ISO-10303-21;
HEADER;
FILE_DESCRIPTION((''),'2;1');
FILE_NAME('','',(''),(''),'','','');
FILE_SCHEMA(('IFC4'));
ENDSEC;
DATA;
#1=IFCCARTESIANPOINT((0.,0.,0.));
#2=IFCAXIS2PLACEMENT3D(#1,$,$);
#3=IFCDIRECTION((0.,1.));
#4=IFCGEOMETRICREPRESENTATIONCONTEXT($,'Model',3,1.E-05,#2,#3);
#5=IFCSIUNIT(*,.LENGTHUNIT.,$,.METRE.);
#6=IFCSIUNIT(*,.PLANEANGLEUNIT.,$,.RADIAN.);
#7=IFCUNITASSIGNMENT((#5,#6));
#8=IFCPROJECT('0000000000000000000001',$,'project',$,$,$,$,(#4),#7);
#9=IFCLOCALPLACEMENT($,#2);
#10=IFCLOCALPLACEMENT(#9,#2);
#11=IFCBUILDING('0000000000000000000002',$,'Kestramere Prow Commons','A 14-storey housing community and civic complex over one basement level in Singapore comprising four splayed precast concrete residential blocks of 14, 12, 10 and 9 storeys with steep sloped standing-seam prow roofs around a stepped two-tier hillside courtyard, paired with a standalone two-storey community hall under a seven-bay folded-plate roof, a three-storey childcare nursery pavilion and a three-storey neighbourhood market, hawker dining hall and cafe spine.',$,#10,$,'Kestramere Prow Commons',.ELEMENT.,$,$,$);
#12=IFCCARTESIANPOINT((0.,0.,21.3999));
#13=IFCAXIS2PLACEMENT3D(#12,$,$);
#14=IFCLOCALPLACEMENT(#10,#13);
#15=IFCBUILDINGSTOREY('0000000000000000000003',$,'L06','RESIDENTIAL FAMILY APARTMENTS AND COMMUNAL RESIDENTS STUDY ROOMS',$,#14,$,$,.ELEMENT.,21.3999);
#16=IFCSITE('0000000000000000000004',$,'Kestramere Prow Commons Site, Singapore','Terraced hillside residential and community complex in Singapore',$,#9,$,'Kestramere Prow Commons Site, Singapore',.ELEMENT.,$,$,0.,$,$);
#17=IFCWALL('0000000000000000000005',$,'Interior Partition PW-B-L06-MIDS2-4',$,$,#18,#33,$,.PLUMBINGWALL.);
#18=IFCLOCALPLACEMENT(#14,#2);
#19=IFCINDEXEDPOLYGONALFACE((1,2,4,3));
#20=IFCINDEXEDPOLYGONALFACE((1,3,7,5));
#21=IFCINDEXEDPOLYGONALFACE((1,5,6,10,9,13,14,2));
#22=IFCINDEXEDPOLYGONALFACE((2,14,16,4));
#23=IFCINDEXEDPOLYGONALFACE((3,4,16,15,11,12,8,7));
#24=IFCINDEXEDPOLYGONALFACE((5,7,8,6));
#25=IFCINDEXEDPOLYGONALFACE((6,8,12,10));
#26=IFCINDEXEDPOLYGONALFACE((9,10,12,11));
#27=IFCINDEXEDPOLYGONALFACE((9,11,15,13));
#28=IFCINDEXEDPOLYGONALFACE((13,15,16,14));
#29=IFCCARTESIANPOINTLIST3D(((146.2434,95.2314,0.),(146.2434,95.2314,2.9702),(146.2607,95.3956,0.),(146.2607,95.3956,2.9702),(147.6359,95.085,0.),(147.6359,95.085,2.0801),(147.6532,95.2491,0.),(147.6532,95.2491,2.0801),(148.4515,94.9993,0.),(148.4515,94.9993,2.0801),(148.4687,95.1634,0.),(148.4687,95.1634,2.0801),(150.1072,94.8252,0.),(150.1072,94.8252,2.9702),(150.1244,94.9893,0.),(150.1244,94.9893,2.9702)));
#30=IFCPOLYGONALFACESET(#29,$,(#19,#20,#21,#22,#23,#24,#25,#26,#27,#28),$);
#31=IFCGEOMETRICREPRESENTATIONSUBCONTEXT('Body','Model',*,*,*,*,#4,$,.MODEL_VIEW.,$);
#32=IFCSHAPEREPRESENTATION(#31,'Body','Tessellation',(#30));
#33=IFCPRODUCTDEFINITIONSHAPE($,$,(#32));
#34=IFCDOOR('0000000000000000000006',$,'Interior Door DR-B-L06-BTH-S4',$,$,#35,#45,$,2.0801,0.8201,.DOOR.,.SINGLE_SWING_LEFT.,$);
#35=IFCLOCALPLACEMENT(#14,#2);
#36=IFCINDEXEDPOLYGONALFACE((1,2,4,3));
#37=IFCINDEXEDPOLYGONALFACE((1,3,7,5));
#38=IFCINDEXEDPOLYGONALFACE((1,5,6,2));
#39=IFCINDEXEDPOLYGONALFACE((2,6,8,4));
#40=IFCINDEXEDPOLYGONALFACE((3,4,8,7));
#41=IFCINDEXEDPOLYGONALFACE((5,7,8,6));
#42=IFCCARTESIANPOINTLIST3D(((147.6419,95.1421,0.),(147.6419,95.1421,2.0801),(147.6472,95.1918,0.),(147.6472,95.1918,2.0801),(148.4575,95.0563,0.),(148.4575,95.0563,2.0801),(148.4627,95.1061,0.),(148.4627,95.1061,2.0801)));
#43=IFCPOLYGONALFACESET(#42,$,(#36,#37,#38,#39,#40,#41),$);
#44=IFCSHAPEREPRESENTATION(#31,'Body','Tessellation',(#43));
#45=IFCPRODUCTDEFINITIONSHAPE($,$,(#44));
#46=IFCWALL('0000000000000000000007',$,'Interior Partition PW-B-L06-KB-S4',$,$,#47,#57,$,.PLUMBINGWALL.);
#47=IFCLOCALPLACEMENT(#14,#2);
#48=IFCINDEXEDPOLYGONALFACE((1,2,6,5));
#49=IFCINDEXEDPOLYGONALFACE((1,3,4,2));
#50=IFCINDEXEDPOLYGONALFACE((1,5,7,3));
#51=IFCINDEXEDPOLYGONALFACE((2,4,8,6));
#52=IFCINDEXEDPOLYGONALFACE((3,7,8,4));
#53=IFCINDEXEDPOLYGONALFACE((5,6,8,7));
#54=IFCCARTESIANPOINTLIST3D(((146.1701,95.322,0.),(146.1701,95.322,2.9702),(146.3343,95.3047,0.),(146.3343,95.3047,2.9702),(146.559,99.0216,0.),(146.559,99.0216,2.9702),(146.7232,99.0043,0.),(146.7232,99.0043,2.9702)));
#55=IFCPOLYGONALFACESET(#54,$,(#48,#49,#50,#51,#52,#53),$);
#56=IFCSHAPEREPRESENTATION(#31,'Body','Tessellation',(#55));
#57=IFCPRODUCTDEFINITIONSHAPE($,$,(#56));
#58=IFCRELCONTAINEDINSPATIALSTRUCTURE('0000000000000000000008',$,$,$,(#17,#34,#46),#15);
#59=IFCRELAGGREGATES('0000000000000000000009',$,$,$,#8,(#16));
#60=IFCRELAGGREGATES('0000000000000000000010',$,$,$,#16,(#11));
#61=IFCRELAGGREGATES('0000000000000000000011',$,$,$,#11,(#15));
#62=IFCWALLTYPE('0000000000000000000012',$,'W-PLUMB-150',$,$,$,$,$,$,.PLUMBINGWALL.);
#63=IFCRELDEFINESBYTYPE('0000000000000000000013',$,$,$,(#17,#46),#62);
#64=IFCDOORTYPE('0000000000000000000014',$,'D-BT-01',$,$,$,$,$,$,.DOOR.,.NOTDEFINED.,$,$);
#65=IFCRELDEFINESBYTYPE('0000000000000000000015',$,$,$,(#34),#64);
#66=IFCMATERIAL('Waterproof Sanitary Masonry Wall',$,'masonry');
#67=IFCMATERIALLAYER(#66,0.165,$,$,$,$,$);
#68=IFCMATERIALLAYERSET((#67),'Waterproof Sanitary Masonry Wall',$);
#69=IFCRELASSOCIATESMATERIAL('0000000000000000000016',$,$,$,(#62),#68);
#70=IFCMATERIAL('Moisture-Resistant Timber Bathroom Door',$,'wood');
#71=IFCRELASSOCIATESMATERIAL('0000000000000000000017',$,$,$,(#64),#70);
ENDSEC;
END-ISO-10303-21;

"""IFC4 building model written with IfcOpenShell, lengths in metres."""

from ifc_helpers import new_model, si_unit, direction, frame, frame_2d, origin, place, context, subcontext, project, spatial, rectangle, extrude, material, layer, layer_set, type_object, element, fill, save


model = new_model("IFC4")

# Units and contexts
model_context = context("Model", 3, precision=1e-05, world=origin(), true_north=direction((0.0, 1.0)))
body_context = subcontext(model_context, "Body", "Model", "MODEL_VIEW")
ifc_project = project(units=[si_unit("LENGTHUNIT", "METRE"), si_unit("PLANEANGLEUNIT", "RADIAN")], contexts=[model_context])

# Site, building, storey
site_placement = place(None, origin())
site = spatial("IfcSite", under=ifc_project, at=site_placement, Name="Kestramere Prow Commons Site, Singapore", Description="Terraced hillside residential and community complex in Singapore", LongName="Kestramere Prow Commons Site, Singapore", CompositionType="ELEMENT", RefElevation=0.0)
building_placement = place(site_placement, origin())
building = spatial("IfcBuilding", under=site, at=building_placement, Name="Kestramere Prow Commons", Description="A 14-storey housing community and civic complex over one basement level in Singapore comprising four splayed precast concrete residential blocks of 14, 12, 10 and 9 storeys with steep sloped standing-seam prow roofs around a stepped two-tier hillside courtyard, paired with a standalone two-storey community hall under a seven-bay folded-plate roof, a three-storey childcare nursery pavilion and a three-storey neighbourhood market, hawker dining hall and cafe spine.", LongName="Kestramere Prow Commons", CompositionType="ELEMENT")
storey_placement = place(building_placement, frame((0.0, 0.0, 21.3999)))
storey = spatial("IfcBuildingStorey", under=building, at=storey_placement, Name="L06", Description="RESIDENTIAL FAMILY APARTMENTS AND COMMUNAL RESIDENTS STUDY ROOMS", CompositionType="ELEMENT", Elevation=21.3999)

# Shared definitions
ifc_material_1 = material(Name="Waterproof Sanitary Masonry Wall", Category="masonry")
ifc_layer_1 = layer(ifc_material_1, 0.165)
ifc_layer_set_1 = layer_set([ifc_layer_1], Name="Waterproof Sanitary Masonry Wall")
wall_type_1 = type_object("IfcWallType", Name="W-PLUMB-150", PredefinedType="PLUMBINGWALL", material=ifc_layer_set_1)
ifc_material_2 = material(Name="Moisture-Resistant Timber Bathroom Door", Category="wood")
door_type_1 = type_object("IfcDoorType", Name="D-BT-01", OperationType="NOTDEFINED", PredefinedType="DOOR", material=ifc_material_2)

# Wall, opening, door
wall_1_placement = place(storey_placement, frame((146.2522, 95.3135, 0.0), z_axis=(0.0, 0.0, 1.0), x_axis=(0.994518, -0.104567, 0.0)))
wall_1 = element("IfcWall", 1, at=wall_1_placement, inside=storey, type_object=wall_type_1, Name="Interior Partition PW-B-L06-MIDS2-4", PredefinedType="PLUMBINGWALL", context=body_context, shape_type="SweptSolid", body=[
    extrude(rectangle(XDim=3.885, YDim=0.165, at=frame_2d((1.9424, 0.0))), origin(), (0.0, 0.0, 1.0), 2.9702),
])
opening_1_placement = place(wall_1_placement, frame((1.3999, 0.0, 0.0)))
opening_1 = element("IfcOpeningElement", 2, at=opening_1_placement, cuts=wall_1, PredefinedType="OPENING", context=body_context, shape_type="SweptSolid", body=[
    extrude(rectangle(XDim=0.8201, YDim=2.0801, at=frame_2d((0.4102, 1.04))), frame((0.0, 0.0974, 0.0), z_axis=(0.0, -1.0, 0.0), x_axis=(1.0, 0.0, 0.0)), (0.0, 0.0, 1.0), 0.1951),
])
door_1_placement = place(opening_1_placement, origin())
door_1 = element("IfcDoor", 3, at=door_1_placement, inside=storey, type_object=door_type_1, Name="Interior Door DR-B-L06-BTH-S4", OperationType="SINGLE_SWING_LEFT", OverallHeight=2.0801, OverallWidth=0.8201, PredefinedType="DOOR", context=body_context, shape_type="SweptSolid", body=[
    extrude(rectangle(XDim=0.8201, YDim=2.0801, at=frame_2d((0.4102, 1.04))), frame((0.0, 0.0249, 0.0), z_axis=(0.0, -1.0, 0.0), x_axis=(1.0, 0.0, 0.0)), (0.0, 0.0, 1.0), 0.05),
])
fill(opening_1, door_1)

# Wall
wall_2_placement = place(storey_placement, frame((146.2522, 95.3135, 0.0), z_axis=(0.0, 0.0, 1.0), x_axis=(0.104552, 0.994519, 0.0)))
element("IfcWall", 4, at=wall_2_placement, inside=storey, type_object=wall_type_1, Name="Interior Partition PW-B-L06-KB-S4", PredefinedType="PLUMBINGWALL", context=body_context, shape_type="SweptSolid", body=[
    extrude(rectangle(XDim=3.72, YDim=0.165, at=frame_2d((1.8599, 0.0))), origin(), (0.0, 0.0, 1.0), 2.9702),
])

save(model, "model.ifc")
